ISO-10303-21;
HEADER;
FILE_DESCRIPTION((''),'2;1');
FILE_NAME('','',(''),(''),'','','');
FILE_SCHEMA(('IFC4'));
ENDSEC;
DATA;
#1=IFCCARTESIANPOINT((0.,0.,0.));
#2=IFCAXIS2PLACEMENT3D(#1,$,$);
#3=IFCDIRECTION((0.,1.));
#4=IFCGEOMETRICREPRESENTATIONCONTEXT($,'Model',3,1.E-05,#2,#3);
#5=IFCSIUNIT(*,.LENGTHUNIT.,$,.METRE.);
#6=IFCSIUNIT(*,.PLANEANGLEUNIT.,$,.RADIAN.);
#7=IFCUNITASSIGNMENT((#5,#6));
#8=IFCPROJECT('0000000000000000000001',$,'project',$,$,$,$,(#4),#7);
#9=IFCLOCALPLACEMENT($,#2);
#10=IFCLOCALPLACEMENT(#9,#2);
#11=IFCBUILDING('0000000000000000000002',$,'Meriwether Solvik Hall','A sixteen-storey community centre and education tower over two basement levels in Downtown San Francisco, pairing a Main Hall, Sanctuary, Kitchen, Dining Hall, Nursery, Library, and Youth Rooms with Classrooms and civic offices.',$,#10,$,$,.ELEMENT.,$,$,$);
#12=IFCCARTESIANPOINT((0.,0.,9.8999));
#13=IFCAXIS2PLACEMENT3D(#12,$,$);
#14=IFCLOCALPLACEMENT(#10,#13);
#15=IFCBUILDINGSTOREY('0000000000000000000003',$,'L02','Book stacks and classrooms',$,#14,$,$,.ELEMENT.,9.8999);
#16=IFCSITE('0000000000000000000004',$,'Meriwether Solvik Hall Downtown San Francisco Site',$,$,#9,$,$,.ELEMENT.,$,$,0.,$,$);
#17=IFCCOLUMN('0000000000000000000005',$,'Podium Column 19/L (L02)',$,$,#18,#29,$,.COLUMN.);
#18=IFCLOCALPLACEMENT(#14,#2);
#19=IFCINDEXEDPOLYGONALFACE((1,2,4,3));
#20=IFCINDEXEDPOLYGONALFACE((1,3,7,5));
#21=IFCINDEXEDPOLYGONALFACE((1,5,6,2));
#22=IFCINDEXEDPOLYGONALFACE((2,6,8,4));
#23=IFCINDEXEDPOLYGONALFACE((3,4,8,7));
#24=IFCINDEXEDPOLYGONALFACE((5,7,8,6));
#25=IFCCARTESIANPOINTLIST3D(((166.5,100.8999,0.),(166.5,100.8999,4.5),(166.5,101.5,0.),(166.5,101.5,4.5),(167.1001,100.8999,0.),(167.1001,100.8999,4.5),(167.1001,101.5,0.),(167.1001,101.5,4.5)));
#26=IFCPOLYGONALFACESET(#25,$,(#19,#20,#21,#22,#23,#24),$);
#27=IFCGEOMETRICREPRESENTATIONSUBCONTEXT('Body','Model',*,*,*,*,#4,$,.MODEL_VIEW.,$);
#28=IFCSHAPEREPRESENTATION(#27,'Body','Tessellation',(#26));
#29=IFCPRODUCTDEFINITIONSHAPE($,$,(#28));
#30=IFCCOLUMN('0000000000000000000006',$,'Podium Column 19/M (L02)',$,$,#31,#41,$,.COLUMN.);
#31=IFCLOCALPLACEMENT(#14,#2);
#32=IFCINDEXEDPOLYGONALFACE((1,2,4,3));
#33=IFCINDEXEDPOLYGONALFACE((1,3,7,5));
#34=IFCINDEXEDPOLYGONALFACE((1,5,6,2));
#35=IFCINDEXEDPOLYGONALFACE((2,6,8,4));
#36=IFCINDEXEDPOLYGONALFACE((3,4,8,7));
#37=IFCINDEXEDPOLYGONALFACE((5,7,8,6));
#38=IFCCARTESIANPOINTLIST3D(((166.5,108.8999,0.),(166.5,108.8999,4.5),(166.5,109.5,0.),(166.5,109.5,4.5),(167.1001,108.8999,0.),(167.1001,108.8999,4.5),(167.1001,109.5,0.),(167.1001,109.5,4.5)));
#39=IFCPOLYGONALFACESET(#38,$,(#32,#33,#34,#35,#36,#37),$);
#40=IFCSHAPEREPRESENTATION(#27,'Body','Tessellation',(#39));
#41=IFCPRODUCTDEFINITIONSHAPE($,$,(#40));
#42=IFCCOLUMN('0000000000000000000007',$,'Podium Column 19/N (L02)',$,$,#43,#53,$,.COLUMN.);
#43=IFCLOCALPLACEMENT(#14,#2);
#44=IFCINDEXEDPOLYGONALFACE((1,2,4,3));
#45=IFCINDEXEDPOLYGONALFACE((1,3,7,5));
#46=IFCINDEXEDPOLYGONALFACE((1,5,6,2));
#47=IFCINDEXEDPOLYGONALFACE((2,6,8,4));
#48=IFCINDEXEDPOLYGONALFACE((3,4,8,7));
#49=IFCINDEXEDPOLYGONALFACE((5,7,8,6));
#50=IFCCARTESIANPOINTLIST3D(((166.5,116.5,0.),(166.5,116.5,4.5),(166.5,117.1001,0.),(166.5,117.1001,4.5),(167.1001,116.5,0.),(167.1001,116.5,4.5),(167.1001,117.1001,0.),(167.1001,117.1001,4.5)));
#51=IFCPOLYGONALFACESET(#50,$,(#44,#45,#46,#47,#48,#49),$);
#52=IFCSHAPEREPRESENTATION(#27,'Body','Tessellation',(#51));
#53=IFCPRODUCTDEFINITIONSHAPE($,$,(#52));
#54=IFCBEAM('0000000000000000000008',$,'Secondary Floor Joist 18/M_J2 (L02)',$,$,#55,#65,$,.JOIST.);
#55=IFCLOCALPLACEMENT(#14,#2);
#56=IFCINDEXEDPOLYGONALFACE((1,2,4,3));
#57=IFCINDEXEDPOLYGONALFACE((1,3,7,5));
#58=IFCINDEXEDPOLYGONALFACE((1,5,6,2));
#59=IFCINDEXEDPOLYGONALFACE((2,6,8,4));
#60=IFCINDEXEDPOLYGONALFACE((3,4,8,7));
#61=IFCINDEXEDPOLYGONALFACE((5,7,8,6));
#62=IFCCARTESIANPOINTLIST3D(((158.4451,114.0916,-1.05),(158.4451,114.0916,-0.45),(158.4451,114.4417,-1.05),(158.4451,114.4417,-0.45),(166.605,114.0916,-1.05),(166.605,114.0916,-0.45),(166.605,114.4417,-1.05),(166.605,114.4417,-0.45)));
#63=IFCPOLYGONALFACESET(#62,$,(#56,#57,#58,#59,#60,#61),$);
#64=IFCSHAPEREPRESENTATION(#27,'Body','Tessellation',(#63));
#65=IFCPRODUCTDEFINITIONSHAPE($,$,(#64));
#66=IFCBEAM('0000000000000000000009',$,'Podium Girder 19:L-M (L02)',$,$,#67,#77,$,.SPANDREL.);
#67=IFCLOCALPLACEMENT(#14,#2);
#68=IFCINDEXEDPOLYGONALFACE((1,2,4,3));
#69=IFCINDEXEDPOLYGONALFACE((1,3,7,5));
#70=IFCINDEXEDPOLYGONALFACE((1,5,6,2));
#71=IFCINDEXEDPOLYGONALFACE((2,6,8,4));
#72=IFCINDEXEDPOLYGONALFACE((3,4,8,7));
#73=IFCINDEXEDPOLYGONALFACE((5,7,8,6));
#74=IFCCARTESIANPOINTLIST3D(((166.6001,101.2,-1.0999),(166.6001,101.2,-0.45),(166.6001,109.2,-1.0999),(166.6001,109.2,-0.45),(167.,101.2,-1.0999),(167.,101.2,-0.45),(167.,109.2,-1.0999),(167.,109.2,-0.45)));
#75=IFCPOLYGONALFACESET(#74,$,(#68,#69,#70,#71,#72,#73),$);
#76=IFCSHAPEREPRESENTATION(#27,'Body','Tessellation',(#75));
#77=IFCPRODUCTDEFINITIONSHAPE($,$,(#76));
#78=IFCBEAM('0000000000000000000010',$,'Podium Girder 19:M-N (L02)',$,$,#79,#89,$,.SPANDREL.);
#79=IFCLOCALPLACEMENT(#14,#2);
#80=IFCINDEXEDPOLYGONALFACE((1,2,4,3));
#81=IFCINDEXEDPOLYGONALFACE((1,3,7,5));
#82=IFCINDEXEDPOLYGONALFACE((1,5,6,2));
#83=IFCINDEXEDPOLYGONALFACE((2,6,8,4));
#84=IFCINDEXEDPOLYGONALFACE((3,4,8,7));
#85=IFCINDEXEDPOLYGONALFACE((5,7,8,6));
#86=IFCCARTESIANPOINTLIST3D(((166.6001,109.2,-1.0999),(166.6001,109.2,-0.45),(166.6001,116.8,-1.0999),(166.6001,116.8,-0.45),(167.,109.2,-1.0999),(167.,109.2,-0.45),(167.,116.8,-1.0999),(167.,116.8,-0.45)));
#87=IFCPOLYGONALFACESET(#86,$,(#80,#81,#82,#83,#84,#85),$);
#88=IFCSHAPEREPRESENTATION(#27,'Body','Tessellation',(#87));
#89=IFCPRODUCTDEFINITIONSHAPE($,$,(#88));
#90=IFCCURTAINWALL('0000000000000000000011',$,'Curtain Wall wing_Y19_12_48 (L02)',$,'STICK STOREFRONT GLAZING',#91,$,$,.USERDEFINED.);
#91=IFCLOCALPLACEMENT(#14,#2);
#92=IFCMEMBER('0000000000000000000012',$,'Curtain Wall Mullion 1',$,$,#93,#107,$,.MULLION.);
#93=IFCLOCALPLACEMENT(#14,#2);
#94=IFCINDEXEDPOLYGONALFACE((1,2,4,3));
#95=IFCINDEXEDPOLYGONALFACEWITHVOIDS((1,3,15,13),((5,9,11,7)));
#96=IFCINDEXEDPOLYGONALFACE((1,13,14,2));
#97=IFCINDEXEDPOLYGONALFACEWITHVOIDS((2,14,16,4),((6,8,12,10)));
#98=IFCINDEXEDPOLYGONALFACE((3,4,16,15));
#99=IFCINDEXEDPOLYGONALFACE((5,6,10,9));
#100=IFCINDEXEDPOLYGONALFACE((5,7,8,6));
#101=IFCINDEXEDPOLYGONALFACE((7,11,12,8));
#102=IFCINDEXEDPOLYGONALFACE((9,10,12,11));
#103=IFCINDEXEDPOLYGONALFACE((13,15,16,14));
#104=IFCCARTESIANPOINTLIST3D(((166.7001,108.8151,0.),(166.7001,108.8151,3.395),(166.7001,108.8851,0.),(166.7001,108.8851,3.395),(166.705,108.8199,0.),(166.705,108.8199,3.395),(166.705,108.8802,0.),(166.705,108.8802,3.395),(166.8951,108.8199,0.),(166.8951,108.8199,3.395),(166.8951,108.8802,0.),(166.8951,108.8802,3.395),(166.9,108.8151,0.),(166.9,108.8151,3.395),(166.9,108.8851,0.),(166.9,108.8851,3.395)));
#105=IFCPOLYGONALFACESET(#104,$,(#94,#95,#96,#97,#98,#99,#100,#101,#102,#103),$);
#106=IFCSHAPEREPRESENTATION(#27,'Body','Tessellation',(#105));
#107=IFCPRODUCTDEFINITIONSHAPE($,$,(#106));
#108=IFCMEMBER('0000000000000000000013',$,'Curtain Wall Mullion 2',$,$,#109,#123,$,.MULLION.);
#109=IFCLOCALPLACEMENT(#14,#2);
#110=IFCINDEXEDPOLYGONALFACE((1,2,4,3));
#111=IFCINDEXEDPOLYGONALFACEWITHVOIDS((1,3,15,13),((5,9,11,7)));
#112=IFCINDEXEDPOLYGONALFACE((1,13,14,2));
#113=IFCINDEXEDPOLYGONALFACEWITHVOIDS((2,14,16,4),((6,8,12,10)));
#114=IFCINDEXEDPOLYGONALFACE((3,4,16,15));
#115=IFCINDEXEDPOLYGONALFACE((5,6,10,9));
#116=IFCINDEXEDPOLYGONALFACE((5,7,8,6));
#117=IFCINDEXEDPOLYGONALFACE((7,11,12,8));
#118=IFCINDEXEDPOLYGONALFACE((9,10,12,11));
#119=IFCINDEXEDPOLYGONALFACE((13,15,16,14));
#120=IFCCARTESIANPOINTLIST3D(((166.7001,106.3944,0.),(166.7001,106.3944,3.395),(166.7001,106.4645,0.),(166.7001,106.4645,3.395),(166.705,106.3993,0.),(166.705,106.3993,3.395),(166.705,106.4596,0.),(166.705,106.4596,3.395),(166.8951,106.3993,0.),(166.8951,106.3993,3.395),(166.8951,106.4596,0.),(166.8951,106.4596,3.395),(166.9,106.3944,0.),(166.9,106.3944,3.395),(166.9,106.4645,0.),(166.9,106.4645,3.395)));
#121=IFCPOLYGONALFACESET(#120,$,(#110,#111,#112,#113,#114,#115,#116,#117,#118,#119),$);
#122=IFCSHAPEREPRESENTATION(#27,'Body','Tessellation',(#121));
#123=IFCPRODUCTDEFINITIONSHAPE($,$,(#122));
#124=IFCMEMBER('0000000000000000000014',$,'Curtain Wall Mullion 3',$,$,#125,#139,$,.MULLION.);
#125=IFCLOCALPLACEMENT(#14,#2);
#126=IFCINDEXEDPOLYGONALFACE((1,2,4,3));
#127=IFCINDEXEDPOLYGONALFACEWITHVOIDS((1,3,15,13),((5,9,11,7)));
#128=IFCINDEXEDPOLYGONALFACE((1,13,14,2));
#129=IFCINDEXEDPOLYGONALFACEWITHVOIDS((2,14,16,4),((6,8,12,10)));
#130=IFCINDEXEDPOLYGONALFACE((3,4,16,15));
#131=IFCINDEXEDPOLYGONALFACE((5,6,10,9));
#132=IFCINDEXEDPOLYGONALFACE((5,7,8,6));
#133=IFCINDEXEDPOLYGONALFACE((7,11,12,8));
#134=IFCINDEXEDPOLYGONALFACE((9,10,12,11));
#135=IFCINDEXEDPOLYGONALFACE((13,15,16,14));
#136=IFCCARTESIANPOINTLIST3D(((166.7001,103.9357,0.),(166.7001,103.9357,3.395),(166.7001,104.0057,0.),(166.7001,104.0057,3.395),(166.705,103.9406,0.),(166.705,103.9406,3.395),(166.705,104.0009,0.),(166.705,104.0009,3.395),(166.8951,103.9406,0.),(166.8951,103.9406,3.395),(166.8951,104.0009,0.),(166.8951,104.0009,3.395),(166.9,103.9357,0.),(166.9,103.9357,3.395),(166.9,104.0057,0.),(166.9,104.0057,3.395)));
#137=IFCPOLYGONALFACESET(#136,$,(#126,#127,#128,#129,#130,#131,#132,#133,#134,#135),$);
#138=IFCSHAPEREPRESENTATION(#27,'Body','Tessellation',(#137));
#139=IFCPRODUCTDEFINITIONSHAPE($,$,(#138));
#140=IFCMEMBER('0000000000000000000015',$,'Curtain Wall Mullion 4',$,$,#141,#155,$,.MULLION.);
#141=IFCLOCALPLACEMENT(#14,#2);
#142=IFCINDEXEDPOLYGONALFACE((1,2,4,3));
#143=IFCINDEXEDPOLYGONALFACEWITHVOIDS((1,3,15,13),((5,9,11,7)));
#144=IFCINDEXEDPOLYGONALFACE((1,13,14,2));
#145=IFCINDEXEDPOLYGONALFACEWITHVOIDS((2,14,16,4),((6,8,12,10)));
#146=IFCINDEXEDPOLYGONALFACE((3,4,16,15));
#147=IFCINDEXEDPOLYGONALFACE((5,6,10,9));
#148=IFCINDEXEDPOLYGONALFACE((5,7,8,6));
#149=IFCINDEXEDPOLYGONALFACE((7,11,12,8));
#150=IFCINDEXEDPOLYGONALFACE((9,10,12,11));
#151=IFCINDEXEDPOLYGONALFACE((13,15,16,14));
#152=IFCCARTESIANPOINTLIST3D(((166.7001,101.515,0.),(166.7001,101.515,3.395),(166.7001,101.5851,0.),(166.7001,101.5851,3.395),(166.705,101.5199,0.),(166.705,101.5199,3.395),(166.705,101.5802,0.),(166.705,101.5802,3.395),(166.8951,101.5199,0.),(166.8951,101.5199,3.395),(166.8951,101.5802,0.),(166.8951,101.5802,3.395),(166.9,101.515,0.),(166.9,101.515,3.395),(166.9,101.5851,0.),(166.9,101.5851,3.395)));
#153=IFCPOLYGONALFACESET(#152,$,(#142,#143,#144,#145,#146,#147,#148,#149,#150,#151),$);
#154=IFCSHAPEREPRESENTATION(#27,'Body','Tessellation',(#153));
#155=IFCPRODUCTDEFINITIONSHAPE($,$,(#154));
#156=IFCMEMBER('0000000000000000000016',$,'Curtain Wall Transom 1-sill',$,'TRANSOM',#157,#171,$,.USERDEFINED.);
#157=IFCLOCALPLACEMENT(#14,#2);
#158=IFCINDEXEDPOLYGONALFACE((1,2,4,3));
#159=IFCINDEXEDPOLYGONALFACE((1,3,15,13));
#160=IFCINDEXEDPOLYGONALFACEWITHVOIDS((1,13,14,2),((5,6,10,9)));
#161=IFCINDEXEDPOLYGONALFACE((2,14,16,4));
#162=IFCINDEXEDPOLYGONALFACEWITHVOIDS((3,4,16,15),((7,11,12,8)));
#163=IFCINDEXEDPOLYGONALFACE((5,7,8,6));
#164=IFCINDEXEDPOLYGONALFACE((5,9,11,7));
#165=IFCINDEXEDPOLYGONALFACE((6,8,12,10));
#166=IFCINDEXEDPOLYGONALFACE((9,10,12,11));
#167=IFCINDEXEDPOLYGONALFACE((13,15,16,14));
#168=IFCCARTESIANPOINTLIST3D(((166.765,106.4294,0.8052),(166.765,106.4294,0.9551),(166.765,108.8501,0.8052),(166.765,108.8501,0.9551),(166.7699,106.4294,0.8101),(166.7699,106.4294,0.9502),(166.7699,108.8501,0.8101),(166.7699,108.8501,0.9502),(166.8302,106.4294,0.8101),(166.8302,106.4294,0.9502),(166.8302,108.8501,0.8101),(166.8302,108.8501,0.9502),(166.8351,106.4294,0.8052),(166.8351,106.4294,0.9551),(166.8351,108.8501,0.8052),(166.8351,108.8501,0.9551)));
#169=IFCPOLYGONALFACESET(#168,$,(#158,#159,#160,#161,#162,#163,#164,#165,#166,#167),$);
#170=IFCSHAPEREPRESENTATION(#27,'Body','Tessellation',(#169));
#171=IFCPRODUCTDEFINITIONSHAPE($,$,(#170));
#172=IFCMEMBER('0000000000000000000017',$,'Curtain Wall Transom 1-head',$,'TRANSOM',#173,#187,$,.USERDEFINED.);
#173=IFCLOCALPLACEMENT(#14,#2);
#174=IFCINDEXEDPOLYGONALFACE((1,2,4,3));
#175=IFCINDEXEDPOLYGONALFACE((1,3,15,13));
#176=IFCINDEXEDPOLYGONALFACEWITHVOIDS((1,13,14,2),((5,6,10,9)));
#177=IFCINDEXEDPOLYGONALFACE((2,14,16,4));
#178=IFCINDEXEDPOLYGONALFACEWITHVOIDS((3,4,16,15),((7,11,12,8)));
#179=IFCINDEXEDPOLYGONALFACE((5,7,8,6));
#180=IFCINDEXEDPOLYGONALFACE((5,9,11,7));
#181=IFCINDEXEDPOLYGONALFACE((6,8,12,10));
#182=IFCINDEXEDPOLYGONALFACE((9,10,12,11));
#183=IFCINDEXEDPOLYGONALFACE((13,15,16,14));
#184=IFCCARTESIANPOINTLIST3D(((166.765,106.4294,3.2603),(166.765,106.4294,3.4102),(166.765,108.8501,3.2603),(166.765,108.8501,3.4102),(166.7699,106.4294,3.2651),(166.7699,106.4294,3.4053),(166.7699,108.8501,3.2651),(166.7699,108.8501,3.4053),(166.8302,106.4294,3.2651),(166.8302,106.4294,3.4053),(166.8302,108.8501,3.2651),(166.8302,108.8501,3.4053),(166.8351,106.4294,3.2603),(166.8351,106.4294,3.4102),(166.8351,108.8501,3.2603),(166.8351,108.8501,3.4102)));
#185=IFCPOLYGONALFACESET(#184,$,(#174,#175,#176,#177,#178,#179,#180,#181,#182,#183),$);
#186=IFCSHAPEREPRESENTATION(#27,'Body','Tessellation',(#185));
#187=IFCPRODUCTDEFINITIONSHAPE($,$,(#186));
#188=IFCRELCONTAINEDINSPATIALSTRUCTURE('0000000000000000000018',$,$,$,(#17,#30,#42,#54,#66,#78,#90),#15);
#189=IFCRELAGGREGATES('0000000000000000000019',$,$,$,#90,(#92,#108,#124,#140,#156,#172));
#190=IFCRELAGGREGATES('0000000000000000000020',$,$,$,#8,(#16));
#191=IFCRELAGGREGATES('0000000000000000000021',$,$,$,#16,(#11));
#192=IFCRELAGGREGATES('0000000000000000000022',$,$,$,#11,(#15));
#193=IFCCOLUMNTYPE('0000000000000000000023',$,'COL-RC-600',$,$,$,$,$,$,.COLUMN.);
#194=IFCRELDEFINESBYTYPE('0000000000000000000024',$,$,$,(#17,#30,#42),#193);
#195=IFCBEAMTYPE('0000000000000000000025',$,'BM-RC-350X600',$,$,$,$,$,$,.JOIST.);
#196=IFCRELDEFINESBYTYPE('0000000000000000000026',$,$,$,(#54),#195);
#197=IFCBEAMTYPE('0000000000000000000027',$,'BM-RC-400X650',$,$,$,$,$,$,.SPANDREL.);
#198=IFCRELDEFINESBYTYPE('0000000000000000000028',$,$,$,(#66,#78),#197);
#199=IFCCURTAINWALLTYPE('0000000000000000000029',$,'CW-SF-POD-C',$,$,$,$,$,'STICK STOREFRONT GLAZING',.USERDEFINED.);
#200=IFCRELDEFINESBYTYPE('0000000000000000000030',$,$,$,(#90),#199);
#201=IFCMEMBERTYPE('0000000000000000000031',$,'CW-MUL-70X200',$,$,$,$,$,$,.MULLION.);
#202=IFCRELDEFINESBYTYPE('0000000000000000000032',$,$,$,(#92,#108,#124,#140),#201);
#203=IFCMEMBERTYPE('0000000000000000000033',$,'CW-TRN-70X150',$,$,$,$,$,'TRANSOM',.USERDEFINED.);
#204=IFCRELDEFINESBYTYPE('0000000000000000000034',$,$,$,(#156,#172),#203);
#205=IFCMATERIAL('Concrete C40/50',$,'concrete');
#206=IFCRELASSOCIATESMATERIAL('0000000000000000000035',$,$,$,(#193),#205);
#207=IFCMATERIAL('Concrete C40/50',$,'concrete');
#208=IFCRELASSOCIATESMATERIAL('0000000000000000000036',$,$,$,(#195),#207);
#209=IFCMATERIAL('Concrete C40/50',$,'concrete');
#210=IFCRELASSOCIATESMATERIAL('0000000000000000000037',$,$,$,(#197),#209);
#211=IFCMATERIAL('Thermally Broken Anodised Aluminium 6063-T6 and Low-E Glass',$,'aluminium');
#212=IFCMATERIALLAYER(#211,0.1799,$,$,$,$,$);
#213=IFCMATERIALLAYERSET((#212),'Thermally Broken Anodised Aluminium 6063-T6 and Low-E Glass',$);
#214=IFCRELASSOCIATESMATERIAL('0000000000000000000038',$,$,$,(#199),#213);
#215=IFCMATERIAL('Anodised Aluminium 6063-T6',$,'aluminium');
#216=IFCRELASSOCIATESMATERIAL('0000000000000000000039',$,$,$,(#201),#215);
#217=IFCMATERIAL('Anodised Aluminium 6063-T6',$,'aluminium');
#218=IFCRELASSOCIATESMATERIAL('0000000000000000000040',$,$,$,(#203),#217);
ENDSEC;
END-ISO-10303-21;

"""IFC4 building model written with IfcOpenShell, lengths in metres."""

from ifc_helpers import new_model, si_unit, direction, frame, origin, origin_2d, place, context, subcontext, project, spatial, rectangle, hollow_rectangle, extrude, material, layer, layer_set, material_profile, profile_set, type_object, element, aggregate, save


model = new_model("IFC4")

# Units and contexts
model_context = context("Model", 3, precision=1e-05, world=origin(), true_north=direction((0.0, 1.0)))
body_context = subcontext(model_context, "Body", "Model", "MODEL_VIEW")
ifc_project = project(units=[si_unit("LENGTHUNIT", "METRE"), si_unit("PLANEANGLEUNIT", "RADIAN")], contexts=[model_context])

# Site, building, storey
site_placement = place(None, origin())
site = spatial("IfcSite", under=ifc_project, at=site_placement, Name="Meriwether Solvik Hall Downtown San Francisco Site", CompositionType="ELEMENT", RefElevation=0.0)
building_placement = place(site_placement, origin())
building = spatial("IfcBuilding", under=site, at=building_placement, Name="Meriwether Solvik Hall", Description="A sixteen-storey community centre and education tower over two basement levels in Downtown San Francisco, pairing a Main Hall, Sanctuary, Kitchen, Dining Hall, Nursery, Library, and Youth Rooms with Classrooms and civic offices.", CompositionType="ELEMENT")
storey_placement = place(building_placement, frame((0.0, 0.0, 9.8999)))
storey = spatial("IfcBuildingStorey", under=building, at=storey_placement, Name="L02", Description="Book stacks and classrooms", CompositionType="ELEMENT", Elevation=9.8999)

# Columns
ifc_material_1 = material(Name="Concrete C40/50", Category="concrete")
ifc_material_profile_1 = material_profile(ifc_material_1, rectangle(XDim=0.6001, YDim=0.6001, at=origin_2d()), Name="RCC-600X600")
ifc_profile_set_1 = profile_set([ifc_material_profile_1], Name="Concrete C40/50")
column_type = type_object("IfcColumnType", Name="COL-RC-600", PredefinedType="COLUMN", material=ifc_profile_set_1)
for number, where, z_axis, x_axis, name in (
    (1, (166.8, 101.2, 0.0), (0.0, 0.0, 1.0), (1.0, 0.0, 0.0), "Podium Column 19/L (L02)"),
    (2, (166.8, 109.2, 0.0), (0.0, 0.0, 1.0), (1.0, 0.0, 0.0), "Podium Column 19/M (L02)"),
    (3, (166.8, 116.8, 0.0), (0.0, 0.0, 1.0), (1.0, 0.0, 0.0), "Podium Column 19/N (L02)"),
):
    element("IfcColumn", number, at=place(storey_placement, frame(where, z_axis=z_axis, x_axis=x_axis)), inside=storey, type_object=column_type, Name=name, PredefinedType="COLUMN", context=body_context, shape_type="SweptSolid", body=[
        extrude(rectangle(XDim=0.6001, YDim=0.6001, at=origin_2d()), origin(), (0.0, 0.0, 1.0), 4.5),
    ])

# Beams
ifc_material_2 = material(Name="Concrete C40/50", Category="concrete")
ifc_material_profile_2 = material_profile(ifc_material_2, rectangle(XDim=0.3501, YDim=0.6001, at=origin_2d()), Name="RCB-350X600")
ifc_profile_set_2 = profile_set([ifc_material_profile_2], Name="Concrete C40/50")
beam_type_1 = type_object("IfcBeamType", Name="BM-RC-350X600", PredefinedType="JOIST", material=ifc_profile_set_2)
beam_1_placement = place(storey_placement, frame((158.4451, 114.2666, -0.75), z_axis=(1.0, 0.0, 0.0), x_axis=(0.0, 1.0, 0.0)))
element("IfcBeam", 4, at=beam_1_placement, inside=storey, type_object=beam_type_1, Name="Secondary Floor Joist 18/M_J2 (L02)", PredefinedType="JOIST", context=body_context, shape_type="SweptSolid", body=[
    extrude(rectangle(XDim=0.3501, YDim=0.6001, at=origin_2d()), origin(), (0.0, 0.0, 1.0), 8.1599),
])
ifc_material_3 = material(Name="Concrete C40/50", Category="concrete")
ifc_material_profile_3 = material_profile(ifc_material_3, rectangle(XDim=0.3999, YDim=0.6499, at=origin_2d()), Name="RCB-400X650")
ifc_profile_set_3 = profile_set([ifc_material_profile_3], Name="Concrete C40/50")
beam_type_2 = type_object("IfcBeamType", Name="BM-RC-400X650", PredefinedType="SPANDREL", material=ifc_profile_set_3)
beam_2_placement = place(storey_placement, frame((166.8, 101.2, -0.7749), z_axis=(0.0, 1.0, 0.0), x_axis=(-1.0, 0.0, 0.0)))
element("IfcBeam", 5, at=beam_2_placement, inside=storey, type_object=beam_type_2, Name="Podium Girder 19:L-M (L02)", PredefinedType="SPANDREL", context=body_context, shape_type="SweptSolid", body=[
    extrude(rectangle(XDim=0.3999, YDim=0.6499, at=origin_2d()), origin(), (0.0, 0.0, 1.0), 8.0),
])
beam_3_placement = place(storey_placement, frame((166.8, 109.2, -0.7749), z_axis=(0.0, 1.0, 0.0), x_axis=(-1.0, 0.0, 0.0)))
element("IfcBeam", 6, at=beam_3_placement, inside=storey, type_object=beam_type_2, Name="Podium Girder 19:M-N (L02)", PredefinedType="SPANDREL", context=body_context, shape_type="SweptSolid", body=[
    extrude(rectangle(XDim=0.3999, YDim=0.6499, at=origin_2d()), origin(), (0.0, 0.0, 1.0), 7.6001),
])

# Curtain wall, members
ifc_material_4 = material(Name="Thermally Broken Anodised Aluminium 6063-T6 and Low-E Glass", Category="aluminium")
ifc_layer_1 = layer(ifc_material_4, 0.1799)
ifc_layer_set_1 = layer_set([ifc_layer_1], Name="Thermally Broken Anodised Aluminium 6063-T6 and Low-E Glass")
curtain_wall_type = type_object("IfcCurtainWallType", Name="CW-SF-POD-C", ElementType="STICK STOREFRONT GLAZING", PredefinedType="USERDEFINED", material=ifc_layer_set_1)
curtain_wall_placement = place(storey_placement, origin())
curtain_wall = element("IfcCurtainWall", 7, at=curtain_wall_placement, inside=storey, type_object=curtain_wall_type, Name="Curtain Wall wing_Y19_12_48 (L02)", ObjectType="STICK STOREFRONT GLAZING", PredefinedType="USERDEFINED")
ifc_material_5 = material(Name="Anodised Aluminium 6063-T6", Category="aluminium")
ifc_material_profile_4 = material_profile(ifc_material_5, hollow_rectangle(XDim=0.0701, YDim=0.2, WallThickness=0.0049, at=origin_2d()), Name="CWM-70X200")
ifc_profile_set_4 = profile_set([ifc_material_profile_4], Name="Anodised Aluminium 6063-T6")
member_type_1 = type_object("IfcMemberType", Name="CW-MUL-70X200", PredefinedType="MULLION", material=ifc_profile_set_4)
member_1_placement = place(storey_placement, frame((166.8, 108.8501, 0.0), z_axis=(0.0, 0.0, 1.0), x_axis=(0.0, -1.0, 0.0)))
member_1 = element("IfcMember", 8, at=member_1_placement, type_object=member_type_1, Name="Curtain Wall Mullion 1", PredefinedType="MULLION", context=body_context, shape_type="SweptSolid", body=[
    extrude(hollow_rectangle(XDim=0.0701, YDim=0.2, WallThickness=0.0049, at=origin_2d()), origin(), (0.0, 0.0, 1.0), 3.395),
])
member_2_placement = place(storey_placement, frame((166.8, 106.4294, 0.0), z_axis=(0.0, 0.0, 1.0), x_axis=(0.0, -1.0, 0.0)))
member_2 = element("IfcMember", 9, at=member_2_placement, type_object=member_type_1, Name="Curtain Wall Mullion 2", PredefinedType="MULLION", context=body_context, shape_type="SweptSolid", body=[
    extrude(hollow_rectangle(XDim=0.0701, YDim=0.2, WallThickness=0.0049, at=origin_2d()), origin(), (0.0, 0.0, 1.0), 3.395),
])
member_3_placement = place(storey_placement, frame((166.8, 103.9707, 0.0), z_axis=(0.0, 0.0, 1.0), x_axis=(0.0, -1.0, 0.0)))
member_3 = element("IfcMember", 10, at=member_3_placement, type_object=member_type_1, Name="Curtain Wall Mullion 3", PredefinedType="MULLION", context=body_context, shape_type="SweptSolid", body=[
    extrude(hollow_rectangle(XDim=0.0701, YDim=0.2, WallThickness=0.0049, at=origin_2d()), origin(), (0.0, 0.0, 1.0), 3.395),
])
member_4_placement = place(storey_placement, frame((166.8, 101.55, 0.0), z_axis=(0.0, 0.0, 1.0), x_axis=(0.0, -1.0, 0.0)))
member_4 = element("IfcMember", 11, at=member_4_placement, type_object=member_type_1, Name="Curtain Wall Mullion 4", PredefinedType="MULLION", context=body_context, shape_type="SweptSolid", body=[
    extrude(hollow_rectangle(XDim=0.0701, YDim=0.2, WallThickness=0.0049, at=origin_2d()), origin(), (0.0, 0.0, 1.0), 3.395),
])
ifc_material_6 = material(Name="Anodised Aluminium 6063-T6", Category="aluminium")
ifc_material_profile_5 = material_profile(ifc_material_6, hollow_rectangle(XDim=0.0701, YDim=0.1499, WallThickness=0.0049, at=origin_2d()), Name="CWT-70X150")
ifc_profile_set_5 = profile_set([ifc_material_profile_5], Name="Anodised Aluminium 6063-T6")
member_type_2 = type_object("IfcMemberType", Name="CW-TRN-70X150", ElementType="TRANSOM", PredefinedType="USERDEFINED", material=ifc_profile_set_5)
member_5_placement = place(storey_placement, frame((166.8, 108.8501, 0.8801), z_axis=(0.0, -1.0, 0.0), x_axis=(1.0, 0.0, 0.0)))
member_5 = element("IfcMember", 12, at=member_5_placement, type_object=member_type_2, Name="Curtain Wall Transom 1-sill", ObjectType="TRANSOM", PredefinedType="USERDEFINED", context=body_context, shape_type="SweptSolid", body=[
    extrude(hollow_rectangle(XDim=0.0701, YDim=0.1499, WallThickness=0.0049, at=origin_2d()), origin(), (0.0, 0.0, 1.0), 2.4207),
])
member_6_placement = place(storey_placement, frame((166.8, 108.8501, 3.3352), z_axis=(0.0, -1.0, 0.0), x_axis=(1.0, 0.0, 0.0)))
member_6 = element("IfcMember", 13, at=member_6_placement, type_object=member_type_2, Name="Curtain Wall Transom 1-head", ObjectType="TRANSOM", PredefinedType="USERDEFINED", context=body_context, shape_type="SweptSolid", body=[
    extrude(hollow_rectangle(XDim=0.0701, YDim=0.1499, WallThickness=0.0049, at=origin_2d()), origin(), (0.0, 0.0, 1.0), 2.4207),
])
aggregate(curtain_wall, [member_1, member_2, member_3, member_4, member_5, member_6])

save(model, "model.ifc")
